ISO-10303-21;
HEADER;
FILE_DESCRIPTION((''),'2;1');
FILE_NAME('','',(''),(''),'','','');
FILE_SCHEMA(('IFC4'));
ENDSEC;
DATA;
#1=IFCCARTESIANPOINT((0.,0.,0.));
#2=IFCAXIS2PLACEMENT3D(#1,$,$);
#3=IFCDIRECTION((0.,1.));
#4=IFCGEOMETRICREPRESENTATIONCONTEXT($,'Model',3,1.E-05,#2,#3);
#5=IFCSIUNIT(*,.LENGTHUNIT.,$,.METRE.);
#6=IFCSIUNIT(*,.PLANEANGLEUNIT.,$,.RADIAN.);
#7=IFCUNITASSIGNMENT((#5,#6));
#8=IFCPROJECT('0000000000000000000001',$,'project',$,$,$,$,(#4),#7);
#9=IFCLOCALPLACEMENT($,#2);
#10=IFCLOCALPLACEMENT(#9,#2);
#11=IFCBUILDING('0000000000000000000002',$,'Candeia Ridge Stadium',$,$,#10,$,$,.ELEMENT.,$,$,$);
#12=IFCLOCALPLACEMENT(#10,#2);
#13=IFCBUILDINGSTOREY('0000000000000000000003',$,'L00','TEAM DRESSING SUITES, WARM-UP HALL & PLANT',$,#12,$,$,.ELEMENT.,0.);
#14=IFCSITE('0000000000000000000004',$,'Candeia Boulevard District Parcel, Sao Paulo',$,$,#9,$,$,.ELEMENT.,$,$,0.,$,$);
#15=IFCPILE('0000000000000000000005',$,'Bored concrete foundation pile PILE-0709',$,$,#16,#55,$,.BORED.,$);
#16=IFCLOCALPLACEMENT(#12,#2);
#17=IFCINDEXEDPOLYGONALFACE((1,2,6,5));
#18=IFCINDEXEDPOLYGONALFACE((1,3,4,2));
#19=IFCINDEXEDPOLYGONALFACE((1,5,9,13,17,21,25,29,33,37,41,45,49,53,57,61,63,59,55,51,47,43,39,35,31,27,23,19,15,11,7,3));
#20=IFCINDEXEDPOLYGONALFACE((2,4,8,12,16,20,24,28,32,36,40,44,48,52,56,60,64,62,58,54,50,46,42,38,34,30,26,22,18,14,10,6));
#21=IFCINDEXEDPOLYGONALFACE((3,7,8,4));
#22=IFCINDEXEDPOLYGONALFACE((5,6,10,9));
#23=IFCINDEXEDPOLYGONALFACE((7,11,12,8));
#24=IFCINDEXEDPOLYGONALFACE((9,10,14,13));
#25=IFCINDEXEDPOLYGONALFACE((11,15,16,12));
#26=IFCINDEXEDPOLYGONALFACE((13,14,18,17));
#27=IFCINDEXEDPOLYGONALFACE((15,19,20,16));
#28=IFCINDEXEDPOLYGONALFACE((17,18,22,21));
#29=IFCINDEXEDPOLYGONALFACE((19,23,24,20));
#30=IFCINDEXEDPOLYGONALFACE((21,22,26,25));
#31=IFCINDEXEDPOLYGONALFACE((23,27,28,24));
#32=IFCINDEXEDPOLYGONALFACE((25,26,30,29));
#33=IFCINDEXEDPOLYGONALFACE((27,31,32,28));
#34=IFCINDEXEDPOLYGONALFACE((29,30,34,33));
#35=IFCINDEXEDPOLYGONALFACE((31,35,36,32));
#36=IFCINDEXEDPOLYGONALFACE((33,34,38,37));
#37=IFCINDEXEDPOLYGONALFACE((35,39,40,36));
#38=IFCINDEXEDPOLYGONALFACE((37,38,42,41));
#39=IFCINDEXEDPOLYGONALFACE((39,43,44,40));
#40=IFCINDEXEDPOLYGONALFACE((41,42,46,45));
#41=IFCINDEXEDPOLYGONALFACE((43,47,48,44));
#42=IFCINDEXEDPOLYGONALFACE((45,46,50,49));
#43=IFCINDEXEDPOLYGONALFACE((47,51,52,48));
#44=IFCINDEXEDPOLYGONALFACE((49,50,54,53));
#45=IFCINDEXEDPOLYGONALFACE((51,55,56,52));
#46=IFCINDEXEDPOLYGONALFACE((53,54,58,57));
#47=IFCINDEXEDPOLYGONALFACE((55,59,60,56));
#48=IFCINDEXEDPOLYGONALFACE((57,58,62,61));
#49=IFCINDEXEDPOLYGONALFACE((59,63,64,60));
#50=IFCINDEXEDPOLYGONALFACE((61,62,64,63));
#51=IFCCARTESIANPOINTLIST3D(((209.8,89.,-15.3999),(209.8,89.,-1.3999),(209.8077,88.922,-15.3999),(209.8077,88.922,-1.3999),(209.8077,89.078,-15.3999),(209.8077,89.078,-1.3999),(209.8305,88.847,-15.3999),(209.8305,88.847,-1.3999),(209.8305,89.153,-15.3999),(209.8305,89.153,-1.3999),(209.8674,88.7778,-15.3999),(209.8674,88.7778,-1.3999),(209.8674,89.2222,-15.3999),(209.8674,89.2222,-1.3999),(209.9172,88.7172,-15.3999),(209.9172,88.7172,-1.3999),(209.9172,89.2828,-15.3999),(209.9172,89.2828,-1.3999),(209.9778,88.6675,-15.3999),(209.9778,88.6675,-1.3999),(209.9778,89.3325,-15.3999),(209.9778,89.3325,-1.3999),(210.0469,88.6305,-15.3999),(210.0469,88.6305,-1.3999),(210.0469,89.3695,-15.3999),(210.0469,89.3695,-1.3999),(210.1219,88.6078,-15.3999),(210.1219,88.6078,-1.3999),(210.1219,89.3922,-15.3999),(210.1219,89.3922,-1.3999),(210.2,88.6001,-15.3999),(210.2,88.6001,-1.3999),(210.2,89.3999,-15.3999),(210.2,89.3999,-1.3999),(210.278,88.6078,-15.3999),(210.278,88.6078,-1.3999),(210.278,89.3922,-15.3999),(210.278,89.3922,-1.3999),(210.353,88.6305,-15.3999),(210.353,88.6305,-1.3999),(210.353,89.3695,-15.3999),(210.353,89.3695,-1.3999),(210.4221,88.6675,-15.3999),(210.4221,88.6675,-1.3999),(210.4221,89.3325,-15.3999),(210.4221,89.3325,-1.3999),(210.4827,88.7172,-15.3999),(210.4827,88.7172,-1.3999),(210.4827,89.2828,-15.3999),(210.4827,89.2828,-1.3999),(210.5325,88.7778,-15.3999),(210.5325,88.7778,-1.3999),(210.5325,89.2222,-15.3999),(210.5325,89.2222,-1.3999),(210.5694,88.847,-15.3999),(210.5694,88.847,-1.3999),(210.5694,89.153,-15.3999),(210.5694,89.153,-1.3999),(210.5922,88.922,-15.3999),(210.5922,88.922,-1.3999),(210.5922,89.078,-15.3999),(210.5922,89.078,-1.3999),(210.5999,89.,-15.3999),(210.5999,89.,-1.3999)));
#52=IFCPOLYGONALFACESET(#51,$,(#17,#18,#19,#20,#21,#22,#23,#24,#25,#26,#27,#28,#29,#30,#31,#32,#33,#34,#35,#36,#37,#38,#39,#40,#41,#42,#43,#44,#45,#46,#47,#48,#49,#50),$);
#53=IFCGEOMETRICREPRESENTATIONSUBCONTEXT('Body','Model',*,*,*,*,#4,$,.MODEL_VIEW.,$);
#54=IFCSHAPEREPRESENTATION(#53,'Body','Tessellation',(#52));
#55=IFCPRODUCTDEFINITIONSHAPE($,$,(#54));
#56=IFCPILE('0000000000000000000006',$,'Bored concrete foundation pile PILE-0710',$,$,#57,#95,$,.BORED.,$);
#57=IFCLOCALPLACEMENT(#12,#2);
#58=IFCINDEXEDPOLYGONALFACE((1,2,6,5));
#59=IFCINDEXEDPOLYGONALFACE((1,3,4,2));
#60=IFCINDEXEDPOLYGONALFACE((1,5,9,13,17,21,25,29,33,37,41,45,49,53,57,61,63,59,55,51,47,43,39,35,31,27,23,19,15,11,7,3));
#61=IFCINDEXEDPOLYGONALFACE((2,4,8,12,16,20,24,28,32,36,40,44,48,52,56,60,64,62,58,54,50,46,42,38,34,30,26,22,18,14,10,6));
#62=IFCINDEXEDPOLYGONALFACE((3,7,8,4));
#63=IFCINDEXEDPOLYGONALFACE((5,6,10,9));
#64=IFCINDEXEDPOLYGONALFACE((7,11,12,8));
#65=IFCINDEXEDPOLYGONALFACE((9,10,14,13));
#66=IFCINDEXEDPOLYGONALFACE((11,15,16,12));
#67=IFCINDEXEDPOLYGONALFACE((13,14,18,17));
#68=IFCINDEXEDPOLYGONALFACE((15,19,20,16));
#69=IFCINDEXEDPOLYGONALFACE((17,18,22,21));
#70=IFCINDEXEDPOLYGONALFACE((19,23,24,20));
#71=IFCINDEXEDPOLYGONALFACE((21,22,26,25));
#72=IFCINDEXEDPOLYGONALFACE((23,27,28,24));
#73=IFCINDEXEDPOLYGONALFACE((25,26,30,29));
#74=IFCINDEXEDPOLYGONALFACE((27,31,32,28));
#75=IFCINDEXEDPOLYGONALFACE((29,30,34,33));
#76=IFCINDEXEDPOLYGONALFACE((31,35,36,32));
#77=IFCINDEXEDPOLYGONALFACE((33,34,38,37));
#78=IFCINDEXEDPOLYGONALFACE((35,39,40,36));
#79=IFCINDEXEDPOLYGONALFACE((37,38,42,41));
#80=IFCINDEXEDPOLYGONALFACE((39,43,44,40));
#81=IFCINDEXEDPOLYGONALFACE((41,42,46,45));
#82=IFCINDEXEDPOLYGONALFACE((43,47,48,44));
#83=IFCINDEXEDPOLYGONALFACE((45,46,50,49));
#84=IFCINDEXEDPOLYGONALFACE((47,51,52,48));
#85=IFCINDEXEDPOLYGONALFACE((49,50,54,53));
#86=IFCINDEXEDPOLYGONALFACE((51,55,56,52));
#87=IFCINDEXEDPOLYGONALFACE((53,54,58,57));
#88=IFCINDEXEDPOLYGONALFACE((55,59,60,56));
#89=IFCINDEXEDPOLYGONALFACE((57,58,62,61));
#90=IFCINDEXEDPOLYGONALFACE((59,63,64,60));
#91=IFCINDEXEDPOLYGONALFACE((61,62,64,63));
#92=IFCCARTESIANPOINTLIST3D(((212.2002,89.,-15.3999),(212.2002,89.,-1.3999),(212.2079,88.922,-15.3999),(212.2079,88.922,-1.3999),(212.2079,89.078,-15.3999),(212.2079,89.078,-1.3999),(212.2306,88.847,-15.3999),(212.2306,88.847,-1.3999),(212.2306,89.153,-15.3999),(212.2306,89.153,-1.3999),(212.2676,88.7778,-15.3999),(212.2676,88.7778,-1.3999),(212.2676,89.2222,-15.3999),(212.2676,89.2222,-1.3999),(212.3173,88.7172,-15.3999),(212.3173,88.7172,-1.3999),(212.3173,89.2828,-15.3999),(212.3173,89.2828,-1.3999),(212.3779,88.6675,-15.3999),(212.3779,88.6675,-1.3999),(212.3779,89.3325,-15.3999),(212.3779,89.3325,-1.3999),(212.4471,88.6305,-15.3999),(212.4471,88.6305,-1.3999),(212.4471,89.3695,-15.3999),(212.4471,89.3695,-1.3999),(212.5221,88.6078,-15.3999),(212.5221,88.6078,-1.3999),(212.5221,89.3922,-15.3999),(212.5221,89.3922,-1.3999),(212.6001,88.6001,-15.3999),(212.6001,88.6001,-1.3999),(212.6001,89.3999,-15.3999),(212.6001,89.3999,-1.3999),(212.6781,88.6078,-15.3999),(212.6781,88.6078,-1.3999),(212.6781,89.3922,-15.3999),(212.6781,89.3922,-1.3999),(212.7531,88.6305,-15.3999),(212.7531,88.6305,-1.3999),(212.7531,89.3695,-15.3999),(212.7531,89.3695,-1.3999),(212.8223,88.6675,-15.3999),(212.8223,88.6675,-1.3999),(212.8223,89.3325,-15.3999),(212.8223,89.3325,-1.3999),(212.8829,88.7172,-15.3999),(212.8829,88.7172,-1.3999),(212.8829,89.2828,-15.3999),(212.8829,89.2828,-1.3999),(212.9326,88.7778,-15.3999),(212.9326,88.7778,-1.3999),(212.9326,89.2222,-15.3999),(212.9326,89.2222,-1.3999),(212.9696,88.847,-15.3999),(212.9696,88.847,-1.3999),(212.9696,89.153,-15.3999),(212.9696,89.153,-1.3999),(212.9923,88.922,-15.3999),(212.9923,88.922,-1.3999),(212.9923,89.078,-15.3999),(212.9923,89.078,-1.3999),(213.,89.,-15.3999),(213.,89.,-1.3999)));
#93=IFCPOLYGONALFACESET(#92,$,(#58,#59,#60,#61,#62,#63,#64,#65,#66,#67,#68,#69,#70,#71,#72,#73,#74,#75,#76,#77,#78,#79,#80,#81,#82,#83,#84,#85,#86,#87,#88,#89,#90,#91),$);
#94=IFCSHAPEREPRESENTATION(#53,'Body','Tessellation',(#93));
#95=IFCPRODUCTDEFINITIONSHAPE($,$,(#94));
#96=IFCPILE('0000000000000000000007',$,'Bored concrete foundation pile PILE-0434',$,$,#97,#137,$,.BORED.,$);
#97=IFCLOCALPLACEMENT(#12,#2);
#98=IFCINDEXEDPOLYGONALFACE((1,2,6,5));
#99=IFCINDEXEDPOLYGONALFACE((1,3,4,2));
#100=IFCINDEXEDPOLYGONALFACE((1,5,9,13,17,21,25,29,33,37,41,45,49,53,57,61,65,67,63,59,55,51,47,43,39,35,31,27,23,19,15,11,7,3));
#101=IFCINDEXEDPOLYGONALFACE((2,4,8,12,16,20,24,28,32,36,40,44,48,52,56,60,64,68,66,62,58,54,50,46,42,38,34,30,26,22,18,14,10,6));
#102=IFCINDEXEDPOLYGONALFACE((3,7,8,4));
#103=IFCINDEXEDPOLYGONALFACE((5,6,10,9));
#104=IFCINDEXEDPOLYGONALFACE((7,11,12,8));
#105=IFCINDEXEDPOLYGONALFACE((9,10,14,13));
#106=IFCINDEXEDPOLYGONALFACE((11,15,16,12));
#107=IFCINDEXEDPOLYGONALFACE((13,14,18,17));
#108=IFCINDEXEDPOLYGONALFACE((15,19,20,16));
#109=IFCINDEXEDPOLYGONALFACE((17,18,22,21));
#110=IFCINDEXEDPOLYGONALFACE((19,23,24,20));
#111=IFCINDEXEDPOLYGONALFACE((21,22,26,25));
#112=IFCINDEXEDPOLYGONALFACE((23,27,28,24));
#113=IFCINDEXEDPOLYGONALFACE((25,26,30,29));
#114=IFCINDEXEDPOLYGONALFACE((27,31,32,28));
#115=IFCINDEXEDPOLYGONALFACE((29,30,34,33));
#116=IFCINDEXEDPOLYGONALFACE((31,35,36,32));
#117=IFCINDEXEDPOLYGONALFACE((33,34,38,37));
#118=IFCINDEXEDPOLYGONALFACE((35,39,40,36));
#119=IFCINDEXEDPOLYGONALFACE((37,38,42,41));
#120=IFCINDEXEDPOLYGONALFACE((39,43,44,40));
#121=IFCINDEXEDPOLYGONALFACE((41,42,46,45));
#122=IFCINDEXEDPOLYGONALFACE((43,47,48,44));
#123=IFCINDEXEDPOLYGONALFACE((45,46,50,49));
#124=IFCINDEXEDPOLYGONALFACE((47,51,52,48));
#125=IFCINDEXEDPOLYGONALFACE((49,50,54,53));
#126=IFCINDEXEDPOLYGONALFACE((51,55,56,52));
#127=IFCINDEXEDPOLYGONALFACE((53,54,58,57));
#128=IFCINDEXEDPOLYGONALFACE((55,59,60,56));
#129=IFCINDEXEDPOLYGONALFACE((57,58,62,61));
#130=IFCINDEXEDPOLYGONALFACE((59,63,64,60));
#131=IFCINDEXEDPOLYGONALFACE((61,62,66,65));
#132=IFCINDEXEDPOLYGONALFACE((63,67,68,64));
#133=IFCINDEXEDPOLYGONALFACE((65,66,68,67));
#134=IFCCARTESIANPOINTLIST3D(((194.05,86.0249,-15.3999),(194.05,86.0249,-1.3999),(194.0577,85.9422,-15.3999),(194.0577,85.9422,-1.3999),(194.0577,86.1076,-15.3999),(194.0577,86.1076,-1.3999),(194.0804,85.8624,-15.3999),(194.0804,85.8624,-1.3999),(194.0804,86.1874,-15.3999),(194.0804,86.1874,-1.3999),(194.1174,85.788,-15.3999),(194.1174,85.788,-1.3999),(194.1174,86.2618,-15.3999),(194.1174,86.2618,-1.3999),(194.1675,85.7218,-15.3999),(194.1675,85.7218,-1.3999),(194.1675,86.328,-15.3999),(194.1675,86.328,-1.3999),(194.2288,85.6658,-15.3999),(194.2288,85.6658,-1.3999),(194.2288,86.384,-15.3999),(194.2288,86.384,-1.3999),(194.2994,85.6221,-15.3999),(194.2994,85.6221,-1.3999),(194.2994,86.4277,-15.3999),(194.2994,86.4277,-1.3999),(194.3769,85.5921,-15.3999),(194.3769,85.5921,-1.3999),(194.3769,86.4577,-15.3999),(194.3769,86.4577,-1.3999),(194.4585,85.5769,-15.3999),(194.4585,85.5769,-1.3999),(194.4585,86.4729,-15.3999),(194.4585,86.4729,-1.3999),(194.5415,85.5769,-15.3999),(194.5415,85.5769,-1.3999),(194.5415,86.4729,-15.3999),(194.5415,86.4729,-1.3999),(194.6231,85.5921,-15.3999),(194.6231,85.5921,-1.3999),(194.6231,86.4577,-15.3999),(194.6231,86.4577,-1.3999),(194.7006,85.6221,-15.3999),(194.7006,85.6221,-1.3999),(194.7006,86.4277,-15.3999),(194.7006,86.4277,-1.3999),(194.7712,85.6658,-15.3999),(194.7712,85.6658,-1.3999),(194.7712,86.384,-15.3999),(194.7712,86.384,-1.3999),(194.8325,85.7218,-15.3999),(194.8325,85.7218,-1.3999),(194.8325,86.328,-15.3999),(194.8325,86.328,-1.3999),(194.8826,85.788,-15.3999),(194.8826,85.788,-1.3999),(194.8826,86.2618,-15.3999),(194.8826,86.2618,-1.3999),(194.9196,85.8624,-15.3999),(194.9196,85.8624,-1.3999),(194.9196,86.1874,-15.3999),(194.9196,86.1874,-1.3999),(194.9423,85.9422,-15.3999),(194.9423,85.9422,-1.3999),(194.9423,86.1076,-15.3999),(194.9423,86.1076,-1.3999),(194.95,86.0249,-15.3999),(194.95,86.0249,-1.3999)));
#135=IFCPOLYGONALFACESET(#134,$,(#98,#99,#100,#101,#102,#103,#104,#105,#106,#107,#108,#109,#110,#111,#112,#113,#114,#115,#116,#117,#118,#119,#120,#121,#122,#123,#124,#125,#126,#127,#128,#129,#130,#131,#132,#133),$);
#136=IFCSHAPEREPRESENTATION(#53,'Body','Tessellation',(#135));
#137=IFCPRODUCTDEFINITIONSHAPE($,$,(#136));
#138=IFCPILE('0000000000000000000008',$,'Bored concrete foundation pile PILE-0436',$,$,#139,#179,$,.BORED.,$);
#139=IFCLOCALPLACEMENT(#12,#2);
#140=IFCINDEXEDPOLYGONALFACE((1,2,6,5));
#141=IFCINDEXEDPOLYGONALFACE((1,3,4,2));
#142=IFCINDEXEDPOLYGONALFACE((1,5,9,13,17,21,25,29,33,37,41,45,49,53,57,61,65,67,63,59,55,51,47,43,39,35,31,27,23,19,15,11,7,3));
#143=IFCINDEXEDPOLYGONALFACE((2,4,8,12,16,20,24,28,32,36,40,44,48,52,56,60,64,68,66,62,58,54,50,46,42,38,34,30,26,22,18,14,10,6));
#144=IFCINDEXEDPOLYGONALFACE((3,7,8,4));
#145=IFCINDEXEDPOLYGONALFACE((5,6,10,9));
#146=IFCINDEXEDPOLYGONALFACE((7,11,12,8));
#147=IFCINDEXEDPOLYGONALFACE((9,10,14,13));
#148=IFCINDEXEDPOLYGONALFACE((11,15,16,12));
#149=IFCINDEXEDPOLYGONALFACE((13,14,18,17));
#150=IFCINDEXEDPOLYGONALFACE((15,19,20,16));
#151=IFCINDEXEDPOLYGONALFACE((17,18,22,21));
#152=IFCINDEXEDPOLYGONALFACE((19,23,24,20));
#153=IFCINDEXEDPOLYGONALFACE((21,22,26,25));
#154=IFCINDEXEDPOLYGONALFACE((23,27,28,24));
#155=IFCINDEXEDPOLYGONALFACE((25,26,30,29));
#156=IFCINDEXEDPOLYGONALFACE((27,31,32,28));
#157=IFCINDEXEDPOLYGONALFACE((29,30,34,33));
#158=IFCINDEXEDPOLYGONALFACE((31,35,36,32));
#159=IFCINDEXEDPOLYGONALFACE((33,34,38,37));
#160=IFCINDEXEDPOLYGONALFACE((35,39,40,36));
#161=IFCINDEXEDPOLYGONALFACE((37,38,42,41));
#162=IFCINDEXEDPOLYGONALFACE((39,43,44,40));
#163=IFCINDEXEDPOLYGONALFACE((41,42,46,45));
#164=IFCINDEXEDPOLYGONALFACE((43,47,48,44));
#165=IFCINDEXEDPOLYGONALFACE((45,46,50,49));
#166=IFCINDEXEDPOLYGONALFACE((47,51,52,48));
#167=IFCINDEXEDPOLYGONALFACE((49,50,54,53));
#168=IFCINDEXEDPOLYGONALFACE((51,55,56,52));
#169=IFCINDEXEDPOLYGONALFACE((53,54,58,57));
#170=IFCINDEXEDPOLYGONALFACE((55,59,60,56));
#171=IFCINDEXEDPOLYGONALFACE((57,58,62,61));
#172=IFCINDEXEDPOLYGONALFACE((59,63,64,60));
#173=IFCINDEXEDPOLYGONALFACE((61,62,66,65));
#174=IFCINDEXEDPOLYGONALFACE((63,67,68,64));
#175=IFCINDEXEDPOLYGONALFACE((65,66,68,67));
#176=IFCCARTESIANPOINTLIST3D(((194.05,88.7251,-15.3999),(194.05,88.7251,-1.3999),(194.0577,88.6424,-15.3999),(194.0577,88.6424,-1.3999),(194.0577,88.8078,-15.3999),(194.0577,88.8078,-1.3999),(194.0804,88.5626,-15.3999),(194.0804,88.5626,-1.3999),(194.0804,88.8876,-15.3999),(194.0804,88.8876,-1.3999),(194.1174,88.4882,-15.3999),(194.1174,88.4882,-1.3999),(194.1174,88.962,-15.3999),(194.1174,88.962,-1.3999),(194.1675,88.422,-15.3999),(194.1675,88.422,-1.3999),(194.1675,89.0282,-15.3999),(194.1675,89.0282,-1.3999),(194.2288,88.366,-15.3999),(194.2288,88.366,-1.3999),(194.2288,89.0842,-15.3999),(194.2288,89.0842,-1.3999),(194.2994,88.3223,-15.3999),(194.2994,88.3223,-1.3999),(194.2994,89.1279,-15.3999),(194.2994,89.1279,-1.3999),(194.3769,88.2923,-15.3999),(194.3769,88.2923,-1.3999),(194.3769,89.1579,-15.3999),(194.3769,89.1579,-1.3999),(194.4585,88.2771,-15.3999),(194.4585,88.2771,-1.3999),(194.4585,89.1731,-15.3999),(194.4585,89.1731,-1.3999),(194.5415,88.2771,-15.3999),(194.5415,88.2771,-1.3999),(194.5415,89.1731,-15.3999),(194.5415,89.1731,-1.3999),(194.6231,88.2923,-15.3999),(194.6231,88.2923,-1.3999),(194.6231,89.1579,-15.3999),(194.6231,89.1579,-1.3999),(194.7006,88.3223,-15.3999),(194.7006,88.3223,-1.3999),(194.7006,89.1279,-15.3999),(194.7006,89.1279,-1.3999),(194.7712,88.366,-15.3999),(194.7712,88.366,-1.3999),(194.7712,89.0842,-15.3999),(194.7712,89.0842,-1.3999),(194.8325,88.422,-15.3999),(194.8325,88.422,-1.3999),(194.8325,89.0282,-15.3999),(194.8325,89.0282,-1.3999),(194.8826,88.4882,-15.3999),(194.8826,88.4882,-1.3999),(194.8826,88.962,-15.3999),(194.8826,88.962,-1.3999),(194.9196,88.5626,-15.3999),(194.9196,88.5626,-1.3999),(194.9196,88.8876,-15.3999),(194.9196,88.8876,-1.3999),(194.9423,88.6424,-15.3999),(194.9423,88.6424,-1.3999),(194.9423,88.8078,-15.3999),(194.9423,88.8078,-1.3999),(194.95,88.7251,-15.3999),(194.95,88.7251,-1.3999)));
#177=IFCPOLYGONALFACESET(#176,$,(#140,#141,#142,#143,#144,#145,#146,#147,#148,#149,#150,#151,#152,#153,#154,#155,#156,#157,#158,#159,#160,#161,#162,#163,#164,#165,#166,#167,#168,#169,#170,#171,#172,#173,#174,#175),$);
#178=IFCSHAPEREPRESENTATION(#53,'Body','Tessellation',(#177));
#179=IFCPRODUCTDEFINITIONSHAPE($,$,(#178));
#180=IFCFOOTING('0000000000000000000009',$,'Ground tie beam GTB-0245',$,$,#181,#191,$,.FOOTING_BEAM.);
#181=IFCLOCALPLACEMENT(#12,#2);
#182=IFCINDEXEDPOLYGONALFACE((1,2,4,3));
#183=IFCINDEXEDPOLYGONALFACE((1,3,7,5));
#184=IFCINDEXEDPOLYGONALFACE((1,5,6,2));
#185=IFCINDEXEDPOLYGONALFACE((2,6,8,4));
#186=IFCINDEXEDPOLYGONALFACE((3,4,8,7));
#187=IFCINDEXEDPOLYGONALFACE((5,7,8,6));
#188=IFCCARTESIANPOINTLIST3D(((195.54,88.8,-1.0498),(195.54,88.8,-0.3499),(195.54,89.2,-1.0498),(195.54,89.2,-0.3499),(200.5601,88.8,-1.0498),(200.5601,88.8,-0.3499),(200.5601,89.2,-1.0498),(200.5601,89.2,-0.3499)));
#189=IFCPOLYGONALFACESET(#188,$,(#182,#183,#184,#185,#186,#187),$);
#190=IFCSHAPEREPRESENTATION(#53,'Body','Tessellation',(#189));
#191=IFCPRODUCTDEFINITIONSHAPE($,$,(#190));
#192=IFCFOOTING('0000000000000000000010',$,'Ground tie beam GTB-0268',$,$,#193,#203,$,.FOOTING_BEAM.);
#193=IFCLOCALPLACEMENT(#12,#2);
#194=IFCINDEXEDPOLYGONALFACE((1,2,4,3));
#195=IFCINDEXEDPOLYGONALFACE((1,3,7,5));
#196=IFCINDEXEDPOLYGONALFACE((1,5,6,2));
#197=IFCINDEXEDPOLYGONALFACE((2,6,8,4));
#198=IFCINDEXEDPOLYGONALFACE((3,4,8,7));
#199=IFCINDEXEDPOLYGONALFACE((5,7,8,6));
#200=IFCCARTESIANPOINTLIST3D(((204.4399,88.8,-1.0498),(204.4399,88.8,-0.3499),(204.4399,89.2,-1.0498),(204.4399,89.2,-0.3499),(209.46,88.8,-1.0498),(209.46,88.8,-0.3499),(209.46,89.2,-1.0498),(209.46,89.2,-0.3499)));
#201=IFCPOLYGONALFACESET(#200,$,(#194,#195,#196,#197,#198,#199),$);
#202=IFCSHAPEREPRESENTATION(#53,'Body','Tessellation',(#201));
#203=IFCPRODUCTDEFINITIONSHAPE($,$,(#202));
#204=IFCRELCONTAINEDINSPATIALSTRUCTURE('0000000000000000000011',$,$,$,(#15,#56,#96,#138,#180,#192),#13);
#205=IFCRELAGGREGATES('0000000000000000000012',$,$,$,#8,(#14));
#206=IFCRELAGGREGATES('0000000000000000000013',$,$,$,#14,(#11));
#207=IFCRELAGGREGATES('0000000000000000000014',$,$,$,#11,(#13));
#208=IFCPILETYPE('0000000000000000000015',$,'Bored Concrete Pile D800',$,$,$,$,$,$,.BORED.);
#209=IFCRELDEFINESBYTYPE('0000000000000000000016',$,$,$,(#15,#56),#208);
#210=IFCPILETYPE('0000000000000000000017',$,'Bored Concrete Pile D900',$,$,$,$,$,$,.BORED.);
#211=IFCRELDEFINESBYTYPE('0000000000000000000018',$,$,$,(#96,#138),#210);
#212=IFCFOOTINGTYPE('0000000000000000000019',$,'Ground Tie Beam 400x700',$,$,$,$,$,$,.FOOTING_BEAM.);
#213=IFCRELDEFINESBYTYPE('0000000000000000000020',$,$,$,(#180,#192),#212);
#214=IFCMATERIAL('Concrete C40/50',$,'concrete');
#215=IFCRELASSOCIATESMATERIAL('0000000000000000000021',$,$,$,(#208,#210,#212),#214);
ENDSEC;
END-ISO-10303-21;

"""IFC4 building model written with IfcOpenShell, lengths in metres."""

from ifc_helpers import new_model, si_unit, direction, frame, origin, origin_2d, place, context, subcontext, project, spatial, rectangle, circle, extrude, material, material_profile, profile_set, type_object, element, save


model = new_model("IFC4")

# Units and contexts
model_context = context("Model", 3, precision=1e-05, world=origin(), true_north=direction((0.0, 1.0)))
body_context = subcontext(model_context, "Body", "Model", "MODEL_VIEW")
ifc_project = project(units=[si_unit("LENGTHUNIT", "METRE"), si_unit("PLANEANGLEUNIT", "RADIAN")], contexts=[model_context])

# Site, building, storey
site_placement = place(None, origin())
site = spatial("IfcSite", under=ifc_project, at=site_placement, Name="Candeia Boulevard District Parcel, Sao Paulo", CompositionType="ELEMENT", RefElevation=0.0)
building_placement = place(site_placement, origin())
building = spatial("IfcBuilding", under=site, at=building_placement, Name="Candeia Ridge Stadium", CompositionType="ELEMENT")
storey_placement = place(building_placement, origin())
storey = spatial("IfcBuildingStorey", under=building, at=storey_placement, Name="L00", Description="TEAM DRESSING SUITES, WARM-UP HALL & PLANT", CompositionType="ELEMENT", Elevation=0.0)

# Piles
ifc_material_1 = material(Name="Concrete C40/50", Category="concrete")
ifc_material_profile_1 = material_profile(ifc_material_1, circle(Radius=0.3999, at=origin_2d()), Name="PILE-D800", Category="concrete")
ifc_profile_set_1 = profile_set([ifc_material_profile_1], Name="Concrete C40/50")
pile_type_1 = type_object("IfcPileType", Name="Bored Concrete Pile D800", PredefinedType="BORED", material=ifc_profile_set_1)
for number, where, z_axis, x_axis, name in (
    (1, (210.2, 89.0, -1.3999), (0.0, 0.0, -1.0), (1.0, 0.0, 0.0), "Bored concrete foundation pile PILE-0709"),
    (2, (212.6001, 89.0, -1.3999), (0.0, 0.0, -1.0), (1.0, 0.0, 0.0), "Bored concrete foundation pile PILE-0710"),
):
    element("IfcPile", number, at=place(storey_placement, frame(where, z_axis=z_axis, x_axis=x_axis)), inside=storey, type_object=pile_type_1, Name=name, PredefinedType="BORED", context=body_context, shape_type="SweptSolid", body=[
        extrude(circle(Radius=0.3999, at=origin_2d()), origin(), (0.0, 0.0, 1.0), 14.0),
    ])
ifc_material_profile_2 = material_profile(ifc_material_1, circle(Radius=0.45, at=origin_2d()), Name="PILE-D900", Category="concrete")
ifc_profile_set_2 = profile_set([ifc_material_profile_2], Name="Concrete C40/50")
pile_type_2 = type_object("IfcPileType", Name="Bored Concrete Pile D900", PredefinedType="BORED", material=ifc_profile_set_2)
for number, where, z_axis, x_axis, name in (
    (3, (194.5, 86.0249, -1.3999), (0.0, 0.0, -1.0), (1.0, 0.0, 0.0), "Bored concrete foundation pile PILE-0434"),
    (4, (194.5, 88.7251, -1.3999), (0.0, 0.0, -1.0), (1.0, 0.0, 0.0), "Bored concrete foundation pile PILE-0436"),
):
    element("IfcPile", number, at=place(storey_placement, frame(where, z_axis=z_axis, x_axis=x_axis)), inside=storey, type_object=pile_type_2, Name=name, PredefinedType="BORED", context=body_context, shape_type="SweptSolid", body=[
        extrude(circle(Radius=0.45, at=origin_2d()), origin(), (0.0, 0.0, 1.0), 14.0),
    ])

# Footings
footing_type_1 = type_object("IfcFootingType", Name="Ground Tie Beam 400x700", PredefinedType="FOOTING_BEAM", material=ifc_material_1)
for number, where, z_axis, x_axis, name in (
    (5, (198.05, 89.0, -1.0498), (0.0, 0.0, 1.0), (1.0, 0.0, 0.0), "Ground tie beam GTB-0245"),
    (6, (206.95, 89.0, -1.0498), (0.0, 0.0, 1.0), (1.0, 0.0, 0.0), "Ground tie beam GTB-0268"),
):
    element("IfcFooting", number, at=place(storey_placement, frame(where, z_axis=z_axis, x_axis=x_axis)), inside=storey, type_object=footing_type_1, Name=name, PredefinedType="FOOTING_BEAM", context=body_context, shape_type="SweptSolid", body=[
        extrude(rectangle(XDim=5.02, YDim=0.3999, at=origin_2d()), origin(), (0.0, 0.0, 1.0), 0.7),
    ])

save(model, "model.ifc")
